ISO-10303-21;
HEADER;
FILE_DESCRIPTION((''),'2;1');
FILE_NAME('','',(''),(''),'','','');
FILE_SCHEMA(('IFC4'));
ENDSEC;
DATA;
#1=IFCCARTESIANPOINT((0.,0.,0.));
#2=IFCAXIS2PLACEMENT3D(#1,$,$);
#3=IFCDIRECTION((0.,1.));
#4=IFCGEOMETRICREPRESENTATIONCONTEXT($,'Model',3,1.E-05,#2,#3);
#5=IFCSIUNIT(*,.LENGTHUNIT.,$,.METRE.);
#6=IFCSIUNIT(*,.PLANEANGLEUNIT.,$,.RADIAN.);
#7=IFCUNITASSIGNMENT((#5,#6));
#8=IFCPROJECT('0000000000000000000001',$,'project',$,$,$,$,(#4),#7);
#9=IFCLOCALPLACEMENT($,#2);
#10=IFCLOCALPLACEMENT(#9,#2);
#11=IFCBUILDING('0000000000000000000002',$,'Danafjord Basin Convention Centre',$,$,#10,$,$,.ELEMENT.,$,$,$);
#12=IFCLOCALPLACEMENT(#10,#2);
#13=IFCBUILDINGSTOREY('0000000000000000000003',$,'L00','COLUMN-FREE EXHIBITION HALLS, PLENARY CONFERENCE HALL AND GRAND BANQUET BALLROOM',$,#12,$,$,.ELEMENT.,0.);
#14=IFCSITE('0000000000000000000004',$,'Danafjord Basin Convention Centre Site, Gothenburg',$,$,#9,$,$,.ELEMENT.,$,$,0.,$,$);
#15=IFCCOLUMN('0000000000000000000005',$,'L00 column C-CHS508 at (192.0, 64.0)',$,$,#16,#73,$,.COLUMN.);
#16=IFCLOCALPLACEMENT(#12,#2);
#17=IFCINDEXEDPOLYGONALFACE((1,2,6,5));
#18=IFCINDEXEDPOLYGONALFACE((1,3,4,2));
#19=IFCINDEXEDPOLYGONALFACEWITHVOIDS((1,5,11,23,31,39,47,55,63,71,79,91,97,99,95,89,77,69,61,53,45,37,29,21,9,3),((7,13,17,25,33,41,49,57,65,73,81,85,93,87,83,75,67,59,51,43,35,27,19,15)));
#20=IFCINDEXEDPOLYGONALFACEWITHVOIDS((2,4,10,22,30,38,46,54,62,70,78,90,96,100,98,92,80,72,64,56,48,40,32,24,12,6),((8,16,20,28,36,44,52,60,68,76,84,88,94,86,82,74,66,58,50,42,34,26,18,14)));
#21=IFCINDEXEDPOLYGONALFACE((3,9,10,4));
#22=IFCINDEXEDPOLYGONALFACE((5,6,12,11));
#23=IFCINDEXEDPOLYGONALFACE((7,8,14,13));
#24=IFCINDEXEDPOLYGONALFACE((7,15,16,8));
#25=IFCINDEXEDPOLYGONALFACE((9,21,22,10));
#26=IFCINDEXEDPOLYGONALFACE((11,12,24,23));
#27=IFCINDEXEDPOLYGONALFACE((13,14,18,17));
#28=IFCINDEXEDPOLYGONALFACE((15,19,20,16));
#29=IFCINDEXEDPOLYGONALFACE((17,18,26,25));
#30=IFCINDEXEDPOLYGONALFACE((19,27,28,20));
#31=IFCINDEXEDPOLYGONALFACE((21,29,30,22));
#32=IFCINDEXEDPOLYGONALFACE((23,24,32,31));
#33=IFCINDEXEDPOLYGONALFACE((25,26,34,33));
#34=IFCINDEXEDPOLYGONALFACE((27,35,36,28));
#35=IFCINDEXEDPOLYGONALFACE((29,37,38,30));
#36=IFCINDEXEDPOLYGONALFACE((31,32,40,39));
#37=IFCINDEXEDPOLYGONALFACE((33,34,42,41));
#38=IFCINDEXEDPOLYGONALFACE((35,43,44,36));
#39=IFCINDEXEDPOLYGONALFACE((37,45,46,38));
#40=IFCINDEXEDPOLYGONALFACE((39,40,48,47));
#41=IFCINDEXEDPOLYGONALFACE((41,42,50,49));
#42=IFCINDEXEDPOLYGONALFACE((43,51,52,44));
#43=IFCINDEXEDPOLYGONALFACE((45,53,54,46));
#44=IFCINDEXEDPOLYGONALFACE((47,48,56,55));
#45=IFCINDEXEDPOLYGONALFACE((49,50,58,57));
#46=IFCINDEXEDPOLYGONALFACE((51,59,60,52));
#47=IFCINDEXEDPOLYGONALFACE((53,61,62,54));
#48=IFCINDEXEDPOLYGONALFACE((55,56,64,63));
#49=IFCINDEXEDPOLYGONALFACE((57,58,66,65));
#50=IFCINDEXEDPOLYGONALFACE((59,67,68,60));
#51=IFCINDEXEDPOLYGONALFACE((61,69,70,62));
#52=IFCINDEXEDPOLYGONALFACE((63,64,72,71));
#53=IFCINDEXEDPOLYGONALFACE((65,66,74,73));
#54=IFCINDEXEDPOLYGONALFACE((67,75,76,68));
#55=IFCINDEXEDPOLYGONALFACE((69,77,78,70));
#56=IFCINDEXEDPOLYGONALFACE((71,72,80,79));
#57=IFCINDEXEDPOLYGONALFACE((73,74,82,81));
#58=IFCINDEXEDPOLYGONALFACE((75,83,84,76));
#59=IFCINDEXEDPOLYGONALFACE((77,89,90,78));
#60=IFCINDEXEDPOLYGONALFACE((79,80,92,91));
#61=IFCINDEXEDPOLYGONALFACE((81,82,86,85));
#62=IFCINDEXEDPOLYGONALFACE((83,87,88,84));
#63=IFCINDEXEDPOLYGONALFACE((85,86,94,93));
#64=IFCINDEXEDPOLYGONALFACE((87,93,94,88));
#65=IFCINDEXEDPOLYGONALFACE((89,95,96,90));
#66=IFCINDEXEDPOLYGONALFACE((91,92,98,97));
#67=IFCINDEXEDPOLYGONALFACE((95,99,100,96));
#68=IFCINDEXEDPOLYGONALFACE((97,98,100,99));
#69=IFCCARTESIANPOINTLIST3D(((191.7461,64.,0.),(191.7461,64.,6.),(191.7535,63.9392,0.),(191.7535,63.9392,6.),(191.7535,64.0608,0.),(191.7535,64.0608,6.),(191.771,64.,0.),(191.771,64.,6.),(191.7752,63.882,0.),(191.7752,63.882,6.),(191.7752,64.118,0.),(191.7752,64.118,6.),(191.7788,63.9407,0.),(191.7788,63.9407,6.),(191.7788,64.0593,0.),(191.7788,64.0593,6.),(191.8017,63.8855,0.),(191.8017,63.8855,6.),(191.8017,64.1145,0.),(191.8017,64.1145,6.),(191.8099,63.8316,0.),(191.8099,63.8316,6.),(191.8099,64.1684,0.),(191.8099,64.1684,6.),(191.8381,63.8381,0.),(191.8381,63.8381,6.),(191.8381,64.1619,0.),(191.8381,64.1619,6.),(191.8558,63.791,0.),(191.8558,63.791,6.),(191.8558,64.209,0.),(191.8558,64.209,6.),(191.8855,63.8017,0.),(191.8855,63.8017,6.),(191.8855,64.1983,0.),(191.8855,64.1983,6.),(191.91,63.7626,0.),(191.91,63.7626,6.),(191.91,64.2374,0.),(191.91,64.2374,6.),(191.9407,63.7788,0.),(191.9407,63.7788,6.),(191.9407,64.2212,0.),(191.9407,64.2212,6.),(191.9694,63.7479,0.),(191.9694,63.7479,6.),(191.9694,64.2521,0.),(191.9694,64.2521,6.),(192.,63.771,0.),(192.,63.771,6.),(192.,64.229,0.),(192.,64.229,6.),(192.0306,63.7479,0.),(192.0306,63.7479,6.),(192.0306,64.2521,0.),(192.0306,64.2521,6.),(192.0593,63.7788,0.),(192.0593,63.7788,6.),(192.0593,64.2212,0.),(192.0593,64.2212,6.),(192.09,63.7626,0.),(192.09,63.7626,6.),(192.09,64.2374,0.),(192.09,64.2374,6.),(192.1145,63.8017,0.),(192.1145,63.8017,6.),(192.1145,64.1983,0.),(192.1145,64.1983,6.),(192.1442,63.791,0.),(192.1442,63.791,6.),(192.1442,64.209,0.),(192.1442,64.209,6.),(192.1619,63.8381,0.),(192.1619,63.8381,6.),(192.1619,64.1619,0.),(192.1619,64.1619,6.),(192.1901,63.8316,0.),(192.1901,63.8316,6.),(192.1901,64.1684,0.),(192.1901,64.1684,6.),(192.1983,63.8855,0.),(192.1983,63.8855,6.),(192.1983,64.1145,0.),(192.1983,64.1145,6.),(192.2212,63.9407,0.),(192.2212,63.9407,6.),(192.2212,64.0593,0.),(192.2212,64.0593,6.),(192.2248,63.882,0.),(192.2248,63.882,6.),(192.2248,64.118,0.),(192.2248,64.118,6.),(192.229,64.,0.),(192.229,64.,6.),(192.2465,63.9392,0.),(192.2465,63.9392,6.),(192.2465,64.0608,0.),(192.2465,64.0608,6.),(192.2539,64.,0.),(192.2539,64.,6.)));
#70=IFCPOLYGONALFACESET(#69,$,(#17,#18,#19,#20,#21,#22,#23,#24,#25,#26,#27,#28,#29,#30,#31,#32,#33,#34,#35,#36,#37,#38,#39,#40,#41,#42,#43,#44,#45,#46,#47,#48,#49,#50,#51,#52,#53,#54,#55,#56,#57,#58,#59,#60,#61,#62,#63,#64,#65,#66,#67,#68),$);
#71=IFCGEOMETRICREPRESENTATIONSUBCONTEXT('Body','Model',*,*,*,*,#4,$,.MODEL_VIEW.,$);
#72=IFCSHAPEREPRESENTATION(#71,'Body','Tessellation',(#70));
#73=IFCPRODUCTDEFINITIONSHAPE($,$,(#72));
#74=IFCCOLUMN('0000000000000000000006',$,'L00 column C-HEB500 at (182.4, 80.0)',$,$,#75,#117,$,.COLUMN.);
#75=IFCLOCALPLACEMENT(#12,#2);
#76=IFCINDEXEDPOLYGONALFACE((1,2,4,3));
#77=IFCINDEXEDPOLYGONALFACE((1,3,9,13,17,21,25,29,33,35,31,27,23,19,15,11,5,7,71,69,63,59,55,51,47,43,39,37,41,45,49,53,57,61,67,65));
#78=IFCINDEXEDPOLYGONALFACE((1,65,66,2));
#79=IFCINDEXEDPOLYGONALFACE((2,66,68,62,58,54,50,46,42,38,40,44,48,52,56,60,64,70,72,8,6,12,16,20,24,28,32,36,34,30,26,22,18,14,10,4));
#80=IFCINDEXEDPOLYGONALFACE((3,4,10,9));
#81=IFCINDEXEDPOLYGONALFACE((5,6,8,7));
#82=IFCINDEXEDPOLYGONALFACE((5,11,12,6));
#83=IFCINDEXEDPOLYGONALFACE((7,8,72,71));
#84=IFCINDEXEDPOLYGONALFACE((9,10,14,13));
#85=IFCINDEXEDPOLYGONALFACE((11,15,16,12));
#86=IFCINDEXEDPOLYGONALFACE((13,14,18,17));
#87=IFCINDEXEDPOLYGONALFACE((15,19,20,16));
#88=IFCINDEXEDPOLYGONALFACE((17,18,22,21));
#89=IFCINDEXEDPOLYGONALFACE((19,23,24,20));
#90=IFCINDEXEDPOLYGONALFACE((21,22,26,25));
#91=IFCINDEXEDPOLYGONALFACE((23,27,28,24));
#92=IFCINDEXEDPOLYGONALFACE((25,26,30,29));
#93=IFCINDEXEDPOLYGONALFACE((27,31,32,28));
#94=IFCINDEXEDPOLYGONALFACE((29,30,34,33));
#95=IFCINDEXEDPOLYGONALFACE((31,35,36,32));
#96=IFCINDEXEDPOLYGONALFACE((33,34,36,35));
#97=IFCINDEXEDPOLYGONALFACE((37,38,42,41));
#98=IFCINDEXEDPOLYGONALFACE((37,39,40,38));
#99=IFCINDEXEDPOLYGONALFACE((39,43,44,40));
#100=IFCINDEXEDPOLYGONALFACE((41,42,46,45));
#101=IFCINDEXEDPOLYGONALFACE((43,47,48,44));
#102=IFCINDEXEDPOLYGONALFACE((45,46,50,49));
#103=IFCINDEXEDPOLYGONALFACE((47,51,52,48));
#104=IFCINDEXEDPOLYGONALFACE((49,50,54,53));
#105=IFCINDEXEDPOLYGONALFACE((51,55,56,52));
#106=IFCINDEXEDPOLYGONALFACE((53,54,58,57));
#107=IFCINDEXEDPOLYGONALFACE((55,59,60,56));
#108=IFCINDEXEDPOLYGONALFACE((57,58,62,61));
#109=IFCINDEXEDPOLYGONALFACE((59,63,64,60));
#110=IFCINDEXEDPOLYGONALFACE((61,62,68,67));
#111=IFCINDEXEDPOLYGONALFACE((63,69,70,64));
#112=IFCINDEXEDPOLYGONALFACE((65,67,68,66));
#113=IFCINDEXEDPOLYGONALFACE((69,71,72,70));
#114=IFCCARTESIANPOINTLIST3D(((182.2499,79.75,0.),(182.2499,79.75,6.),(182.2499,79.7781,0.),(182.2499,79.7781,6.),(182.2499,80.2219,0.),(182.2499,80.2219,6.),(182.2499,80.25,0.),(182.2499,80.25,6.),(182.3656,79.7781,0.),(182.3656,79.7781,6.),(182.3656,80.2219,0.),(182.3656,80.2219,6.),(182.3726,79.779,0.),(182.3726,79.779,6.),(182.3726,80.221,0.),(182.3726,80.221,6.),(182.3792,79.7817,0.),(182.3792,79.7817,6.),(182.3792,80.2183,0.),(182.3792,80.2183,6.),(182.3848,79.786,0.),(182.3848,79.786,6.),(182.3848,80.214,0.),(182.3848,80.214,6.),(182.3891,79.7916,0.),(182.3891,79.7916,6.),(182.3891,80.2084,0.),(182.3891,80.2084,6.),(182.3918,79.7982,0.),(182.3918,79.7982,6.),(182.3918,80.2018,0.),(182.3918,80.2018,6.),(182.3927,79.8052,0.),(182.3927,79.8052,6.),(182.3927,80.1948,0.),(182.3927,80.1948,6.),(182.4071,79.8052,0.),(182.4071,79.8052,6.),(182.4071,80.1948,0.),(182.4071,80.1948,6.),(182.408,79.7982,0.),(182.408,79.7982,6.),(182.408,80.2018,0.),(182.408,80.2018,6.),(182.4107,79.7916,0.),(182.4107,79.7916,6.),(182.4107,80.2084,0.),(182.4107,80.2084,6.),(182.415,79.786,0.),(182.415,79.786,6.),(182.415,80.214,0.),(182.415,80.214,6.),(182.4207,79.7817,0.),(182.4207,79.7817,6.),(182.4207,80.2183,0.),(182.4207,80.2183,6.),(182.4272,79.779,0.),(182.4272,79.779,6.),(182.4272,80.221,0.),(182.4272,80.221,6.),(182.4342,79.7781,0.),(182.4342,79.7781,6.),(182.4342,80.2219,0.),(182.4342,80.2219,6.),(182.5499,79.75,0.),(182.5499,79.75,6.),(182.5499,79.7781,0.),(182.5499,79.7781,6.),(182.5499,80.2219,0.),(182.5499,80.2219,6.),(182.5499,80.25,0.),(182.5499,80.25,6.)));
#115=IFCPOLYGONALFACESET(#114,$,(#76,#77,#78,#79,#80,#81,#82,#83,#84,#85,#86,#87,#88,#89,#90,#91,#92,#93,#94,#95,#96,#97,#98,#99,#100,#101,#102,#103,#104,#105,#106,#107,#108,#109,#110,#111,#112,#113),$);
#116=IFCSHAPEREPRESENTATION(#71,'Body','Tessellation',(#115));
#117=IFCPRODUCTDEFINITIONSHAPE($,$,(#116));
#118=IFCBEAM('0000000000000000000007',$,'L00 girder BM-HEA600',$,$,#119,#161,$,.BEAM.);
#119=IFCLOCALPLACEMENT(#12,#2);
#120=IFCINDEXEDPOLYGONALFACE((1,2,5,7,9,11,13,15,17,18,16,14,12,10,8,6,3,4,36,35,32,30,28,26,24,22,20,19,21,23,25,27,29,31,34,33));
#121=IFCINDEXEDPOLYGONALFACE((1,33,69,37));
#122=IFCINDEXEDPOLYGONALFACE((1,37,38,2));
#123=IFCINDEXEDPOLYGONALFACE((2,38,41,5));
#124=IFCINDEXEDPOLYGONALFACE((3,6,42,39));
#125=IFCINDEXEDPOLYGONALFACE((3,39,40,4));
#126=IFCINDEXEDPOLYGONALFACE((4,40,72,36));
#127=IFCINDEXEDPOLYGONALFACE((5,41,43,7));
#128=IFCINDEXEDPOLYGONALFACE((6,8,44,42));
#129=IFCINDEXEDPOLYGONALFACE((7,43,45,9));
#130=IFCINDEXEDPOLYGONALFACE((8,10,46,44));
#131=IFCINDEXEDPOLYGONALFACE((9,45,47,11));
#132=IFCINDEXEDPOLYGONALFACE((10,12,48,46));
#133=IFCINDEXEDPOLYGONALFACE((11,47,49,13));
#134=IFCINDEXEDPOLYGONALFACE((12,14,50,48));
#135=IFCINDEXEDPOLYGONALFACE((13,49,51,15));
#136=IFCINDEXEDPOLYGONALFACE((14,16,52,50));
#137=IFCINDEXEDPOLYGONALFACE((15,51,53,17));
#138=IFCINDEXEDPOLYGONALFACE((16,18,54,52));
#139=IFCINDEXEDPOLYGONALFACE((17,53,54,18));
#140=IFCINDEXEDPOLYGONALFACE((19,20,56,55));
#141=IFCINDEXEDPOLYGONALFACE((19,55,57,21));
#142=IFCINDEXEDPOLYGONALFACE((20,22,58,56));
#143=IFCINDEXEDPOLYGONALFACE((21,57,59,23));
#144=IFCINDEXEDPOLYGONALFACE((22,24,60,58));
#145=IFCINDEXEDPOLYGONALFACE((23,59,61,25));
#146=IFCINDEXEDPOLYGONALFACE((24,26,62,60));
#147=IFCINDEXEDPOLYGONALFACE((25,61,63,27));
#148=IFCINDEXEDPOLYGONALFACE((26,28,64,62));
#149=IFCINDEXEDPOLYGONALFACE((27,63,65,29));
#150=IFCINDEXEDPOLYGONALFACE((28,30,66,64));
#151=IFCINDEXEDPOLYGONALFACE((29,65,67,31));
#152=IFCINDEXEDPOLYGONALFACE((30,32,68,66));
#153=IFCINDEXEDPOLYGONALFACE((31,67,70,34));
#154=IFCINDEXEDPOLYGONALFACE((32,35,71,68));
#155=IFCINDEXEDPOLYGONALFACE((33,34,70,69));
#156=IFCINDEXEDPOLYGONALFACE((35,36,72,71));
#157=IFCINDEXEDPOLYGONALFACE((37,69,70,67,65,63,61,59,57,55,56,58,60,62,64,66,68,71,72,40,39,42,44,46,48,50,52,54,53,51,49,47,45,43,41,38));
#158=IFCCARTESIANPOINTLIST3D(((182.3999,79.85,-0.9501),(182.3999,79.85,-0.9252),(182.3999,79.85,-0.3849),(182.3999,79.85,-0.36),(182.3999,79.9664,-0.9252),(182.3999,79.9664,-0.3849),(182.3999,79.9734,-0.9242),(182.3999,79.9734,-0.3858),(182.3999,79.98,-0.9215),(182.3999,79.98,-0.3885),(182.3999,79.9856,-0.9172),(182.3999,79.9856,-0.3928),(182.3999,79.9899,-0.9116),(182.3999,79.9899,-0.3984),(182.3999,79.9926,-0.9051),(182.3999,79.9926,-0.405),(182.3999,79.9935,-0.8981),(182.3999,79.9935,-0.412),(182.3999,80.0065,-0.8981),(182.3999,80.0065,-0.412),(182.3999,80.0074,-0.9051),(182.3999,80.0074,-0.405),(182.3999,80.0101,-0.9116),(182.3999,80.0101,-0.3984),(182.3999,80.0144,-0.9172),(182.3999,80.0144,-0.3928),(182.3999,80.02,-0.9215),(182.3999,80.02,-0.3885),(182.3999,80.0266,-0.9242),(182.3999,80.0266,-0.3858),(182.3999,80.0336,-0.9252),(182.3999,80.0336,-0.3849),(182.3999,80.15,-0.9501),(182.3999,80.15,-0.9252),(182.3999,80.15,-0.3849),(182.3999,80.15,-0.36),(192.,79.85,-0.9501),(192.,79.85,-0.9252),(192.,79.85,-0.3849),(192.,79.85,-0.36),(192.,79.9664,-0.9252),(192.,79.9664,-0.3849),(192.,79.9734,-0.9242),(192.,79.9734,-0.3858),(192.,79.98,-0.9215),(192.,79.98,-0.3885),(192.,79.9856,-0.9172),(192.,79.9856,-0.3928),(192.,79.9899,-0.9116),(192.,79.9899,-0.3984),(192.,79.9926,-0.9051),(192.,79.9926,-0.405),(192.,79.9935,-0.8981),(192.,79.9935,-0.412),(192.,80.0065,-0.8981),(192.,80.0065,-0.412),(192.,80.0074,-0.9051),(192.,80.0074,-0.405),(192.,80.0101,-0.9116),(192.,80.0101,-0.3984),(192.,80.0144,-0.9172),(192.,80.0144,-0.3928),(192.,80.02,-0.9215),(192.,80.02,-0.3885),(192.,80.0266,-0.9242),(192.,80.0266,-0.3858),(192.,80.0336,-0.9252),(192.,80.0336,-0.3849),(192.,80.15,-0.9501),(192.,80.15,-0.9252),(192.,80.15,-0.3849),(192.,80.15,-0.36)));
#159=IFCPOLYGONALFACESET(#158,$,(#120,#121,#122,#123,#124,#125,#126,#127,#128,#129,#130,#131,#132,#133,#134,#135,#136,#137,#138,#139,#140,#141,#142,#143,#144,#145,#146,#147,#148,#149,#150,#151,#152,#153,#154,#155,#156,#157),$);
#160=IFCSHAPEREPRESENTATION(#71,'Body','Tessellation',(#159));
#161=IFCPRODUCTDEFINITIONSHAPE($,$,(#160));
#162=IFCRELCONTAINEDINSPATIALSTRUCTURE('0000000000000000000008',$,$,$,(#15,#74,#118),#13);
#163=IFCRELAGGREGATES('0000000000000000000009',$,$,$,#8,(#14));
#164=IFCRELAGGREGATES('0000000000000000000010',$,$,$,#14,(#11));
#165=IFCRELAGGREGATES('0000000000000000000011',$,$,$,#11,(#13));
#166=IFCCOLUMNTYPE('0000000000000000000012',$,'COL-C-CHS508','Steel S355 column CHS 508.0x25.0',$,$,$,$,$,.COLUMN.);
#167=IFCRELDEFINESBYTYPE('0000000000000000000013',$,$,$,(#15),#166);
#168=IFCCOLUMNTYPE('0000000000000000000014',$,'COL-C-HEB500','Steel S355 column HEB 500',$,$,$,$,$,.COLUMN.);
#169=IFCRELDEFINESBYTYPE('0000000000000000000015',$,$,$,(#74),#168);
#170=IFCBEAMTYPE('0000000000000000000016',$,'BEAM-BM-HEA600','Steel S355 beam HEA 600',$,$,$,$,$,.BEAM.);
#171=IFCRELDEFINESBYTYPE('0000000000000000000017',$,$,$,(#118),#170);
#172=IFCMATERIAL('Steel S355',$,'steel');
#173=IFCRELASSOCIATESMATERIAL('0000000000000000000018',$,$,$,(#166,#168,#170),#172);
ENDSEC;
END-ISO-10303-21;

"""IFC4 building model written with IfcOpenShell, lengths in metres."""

from ifc_helpers import new_model, si_unit, direction, frame, origin, origin_2d, place, context, subcontext, project, spatial, hollow_circle, i_section, extrude, material, material_profile, profile_set, type_object, element, save


model = new_model("IFC4")

# Units and contexts
model_context = context("Model", 3, precision=1e-05, world=origin(), true_north=direction((0.0, 1.0)))
body_context = subcontext(model_context, "Body", "Model", "MODEL_VIEW")
ifc_project = project(units=[si_unit("LENGTHUNIT", "METRE"), si_unit("PLANEANGLEUNIT", "RADIAN")], contexts=[model_context])

# Site, building, storey
site_placement = place(None, origin())
site = spatial("IfcSite", under=ifc_project, at=site_placement, Name="Danafjord Basin Convention Centre Site, Gothenburg", CompositionType="ELEMENT", RefElevation=0.0)
building_placement = place(site_placement, origin())
building = spatial("IfcBuilding", under=site, at=building_placement, Name="Danafjord Basin Convention Centre", CompositionType="ELEMENT")
storey_placement = place(building_placement, origin())
storey = spatial("IfcBuildingStorey", under=building, at=storey_placement, Name="L00", Description="COLUMN-FREE EXHIBITION HALLS, PLENARY CONFERENCE HALL AND GRAND BANQUET BALLROOM", CompositionType="ELEMENT", Elevation=0.0)

# Columns
ifc_material_1 = material(Name="Steel S355", Category="steel")
ifc_material_profile_1 = material_profile(ifc_material_1, hollow_circle(Radius=0.2539, WallThickness=0.0249, at=origin_2d()), Name="CHS 508.0x25.0")
ifc_profile_set_1 = profile_set([ifc_material_profile_1], Name="Steel S355")
column_type_1 = type_object("IfcColumnType", Name="COL-C-CHS508", Description="Steel S355 column CHS 508.0x25.0", PredefinedType="COLUMN", material=ifc_profile_set_1)
column_1_placement = place(storey_placement, frame((192.0, 64.0, 0.0), z_axis=(0.0, 0.0, 1.0), x_axis=(1.0, 0.0, 0.0)))
element("IfcColumn", 1, at=column_1_placement, inside=storey, type_object=column_type_1, Name="L00 column C-CHS508 at (192.0, 64.0)", PredefinedType="COLUMN", context=body_context, shape_type="SweptSolid", body=[
    extrude(hollow_circle(Radius=0.2539, WallThickness=0.0249, at=origin_2d()), origin(), (0.0, 0.0, 1.0), 6.0),
])
ifc_material_profile_2 = material_profile(ifc_material_1, i_section(OverallWidth=0.3, OverallDepth=0.5, WebThickness=0.0144, FlangeThickness=0.0281, FilletRadius=0.0271, at=origin_2d()), Name="HEB 500")
ifc_profile_set_2 = profile_set([ifc_material_profile_2], Name="Steel S355")
column_type_2 = type_object("IfcColumnType", Name="COL-C-HEB500", Description="Steel S355 column HEB 500", PredefinedType="COLUMN", material=ifc_profile_set_2)
column_2_placement = place(storey_placement, frame((182.3999, 80.0, 0.0), z_axis=(0.0, 0.0, 1.0), x_axis=(1.0, 0.0, 0.0)))
element("IfcColumn", 2, at=column_2_placement, inside=storey, type_object=column_type_2, Name="L00 column C-HEB500 at (182.4, 80.0)", PredefinedType="COLUMN", context=body_context, shape_type="SweptSolid", body=[
    extrude(i_section(OverallWidth=0.3, OverallDepth=0.5, WebThickness=0.0144, FlangeThickness=0.0281, FilletRadius=0.0271, at=origin_2d()), origin(), (0.0, 0.0, 1.0), 6.0),
])

# Beam
ifc_material_profile_3 = material_profile(ifc_material_1, i_section(OverallWidth=0.3, OverallDepth=0.5901, WebThickness=0.0129, FlangeThickness=0.0249, FilletRadius=0.0271, at=origin_2d()), Name="HEA 600")
ifc_profile_set_3 = profile_set([ifc_material_profile_3], Name="Steel S355")
beam_type_1 = type_object("IfcBeamType", Name="BEAM-BM-HEA600", Description="Steel S355 beam HEA 600", PredefinedType="BEAM", material=ifc_profile_set_3)
beam_1_placement = place(storey_placement, frame((182.3999, 80.0, -0.655), z_axis=(1.0, 0.0, 0.0), x_axis=(0.0, 1.0, 0.0)))
element("IfcBeam", 3, at=beam_1_placement, inside=storey, type_object=beam_type_1, Name="L00 girder BM-HEA600", PredefinedType="BEAM", context=body_context, shape_type="SweptSolid", body=[
    extrude(i_section(OverallWidth=0.3, OverallDepth=0.5901, WebThickness=0.0129, FlangeThickness=0.0249, FilletRadius=0.0271, at=origin_2d()), origin(), (0.0, 0.0, 1.0), 9.6001),
])

save(model, "model.ifc")
